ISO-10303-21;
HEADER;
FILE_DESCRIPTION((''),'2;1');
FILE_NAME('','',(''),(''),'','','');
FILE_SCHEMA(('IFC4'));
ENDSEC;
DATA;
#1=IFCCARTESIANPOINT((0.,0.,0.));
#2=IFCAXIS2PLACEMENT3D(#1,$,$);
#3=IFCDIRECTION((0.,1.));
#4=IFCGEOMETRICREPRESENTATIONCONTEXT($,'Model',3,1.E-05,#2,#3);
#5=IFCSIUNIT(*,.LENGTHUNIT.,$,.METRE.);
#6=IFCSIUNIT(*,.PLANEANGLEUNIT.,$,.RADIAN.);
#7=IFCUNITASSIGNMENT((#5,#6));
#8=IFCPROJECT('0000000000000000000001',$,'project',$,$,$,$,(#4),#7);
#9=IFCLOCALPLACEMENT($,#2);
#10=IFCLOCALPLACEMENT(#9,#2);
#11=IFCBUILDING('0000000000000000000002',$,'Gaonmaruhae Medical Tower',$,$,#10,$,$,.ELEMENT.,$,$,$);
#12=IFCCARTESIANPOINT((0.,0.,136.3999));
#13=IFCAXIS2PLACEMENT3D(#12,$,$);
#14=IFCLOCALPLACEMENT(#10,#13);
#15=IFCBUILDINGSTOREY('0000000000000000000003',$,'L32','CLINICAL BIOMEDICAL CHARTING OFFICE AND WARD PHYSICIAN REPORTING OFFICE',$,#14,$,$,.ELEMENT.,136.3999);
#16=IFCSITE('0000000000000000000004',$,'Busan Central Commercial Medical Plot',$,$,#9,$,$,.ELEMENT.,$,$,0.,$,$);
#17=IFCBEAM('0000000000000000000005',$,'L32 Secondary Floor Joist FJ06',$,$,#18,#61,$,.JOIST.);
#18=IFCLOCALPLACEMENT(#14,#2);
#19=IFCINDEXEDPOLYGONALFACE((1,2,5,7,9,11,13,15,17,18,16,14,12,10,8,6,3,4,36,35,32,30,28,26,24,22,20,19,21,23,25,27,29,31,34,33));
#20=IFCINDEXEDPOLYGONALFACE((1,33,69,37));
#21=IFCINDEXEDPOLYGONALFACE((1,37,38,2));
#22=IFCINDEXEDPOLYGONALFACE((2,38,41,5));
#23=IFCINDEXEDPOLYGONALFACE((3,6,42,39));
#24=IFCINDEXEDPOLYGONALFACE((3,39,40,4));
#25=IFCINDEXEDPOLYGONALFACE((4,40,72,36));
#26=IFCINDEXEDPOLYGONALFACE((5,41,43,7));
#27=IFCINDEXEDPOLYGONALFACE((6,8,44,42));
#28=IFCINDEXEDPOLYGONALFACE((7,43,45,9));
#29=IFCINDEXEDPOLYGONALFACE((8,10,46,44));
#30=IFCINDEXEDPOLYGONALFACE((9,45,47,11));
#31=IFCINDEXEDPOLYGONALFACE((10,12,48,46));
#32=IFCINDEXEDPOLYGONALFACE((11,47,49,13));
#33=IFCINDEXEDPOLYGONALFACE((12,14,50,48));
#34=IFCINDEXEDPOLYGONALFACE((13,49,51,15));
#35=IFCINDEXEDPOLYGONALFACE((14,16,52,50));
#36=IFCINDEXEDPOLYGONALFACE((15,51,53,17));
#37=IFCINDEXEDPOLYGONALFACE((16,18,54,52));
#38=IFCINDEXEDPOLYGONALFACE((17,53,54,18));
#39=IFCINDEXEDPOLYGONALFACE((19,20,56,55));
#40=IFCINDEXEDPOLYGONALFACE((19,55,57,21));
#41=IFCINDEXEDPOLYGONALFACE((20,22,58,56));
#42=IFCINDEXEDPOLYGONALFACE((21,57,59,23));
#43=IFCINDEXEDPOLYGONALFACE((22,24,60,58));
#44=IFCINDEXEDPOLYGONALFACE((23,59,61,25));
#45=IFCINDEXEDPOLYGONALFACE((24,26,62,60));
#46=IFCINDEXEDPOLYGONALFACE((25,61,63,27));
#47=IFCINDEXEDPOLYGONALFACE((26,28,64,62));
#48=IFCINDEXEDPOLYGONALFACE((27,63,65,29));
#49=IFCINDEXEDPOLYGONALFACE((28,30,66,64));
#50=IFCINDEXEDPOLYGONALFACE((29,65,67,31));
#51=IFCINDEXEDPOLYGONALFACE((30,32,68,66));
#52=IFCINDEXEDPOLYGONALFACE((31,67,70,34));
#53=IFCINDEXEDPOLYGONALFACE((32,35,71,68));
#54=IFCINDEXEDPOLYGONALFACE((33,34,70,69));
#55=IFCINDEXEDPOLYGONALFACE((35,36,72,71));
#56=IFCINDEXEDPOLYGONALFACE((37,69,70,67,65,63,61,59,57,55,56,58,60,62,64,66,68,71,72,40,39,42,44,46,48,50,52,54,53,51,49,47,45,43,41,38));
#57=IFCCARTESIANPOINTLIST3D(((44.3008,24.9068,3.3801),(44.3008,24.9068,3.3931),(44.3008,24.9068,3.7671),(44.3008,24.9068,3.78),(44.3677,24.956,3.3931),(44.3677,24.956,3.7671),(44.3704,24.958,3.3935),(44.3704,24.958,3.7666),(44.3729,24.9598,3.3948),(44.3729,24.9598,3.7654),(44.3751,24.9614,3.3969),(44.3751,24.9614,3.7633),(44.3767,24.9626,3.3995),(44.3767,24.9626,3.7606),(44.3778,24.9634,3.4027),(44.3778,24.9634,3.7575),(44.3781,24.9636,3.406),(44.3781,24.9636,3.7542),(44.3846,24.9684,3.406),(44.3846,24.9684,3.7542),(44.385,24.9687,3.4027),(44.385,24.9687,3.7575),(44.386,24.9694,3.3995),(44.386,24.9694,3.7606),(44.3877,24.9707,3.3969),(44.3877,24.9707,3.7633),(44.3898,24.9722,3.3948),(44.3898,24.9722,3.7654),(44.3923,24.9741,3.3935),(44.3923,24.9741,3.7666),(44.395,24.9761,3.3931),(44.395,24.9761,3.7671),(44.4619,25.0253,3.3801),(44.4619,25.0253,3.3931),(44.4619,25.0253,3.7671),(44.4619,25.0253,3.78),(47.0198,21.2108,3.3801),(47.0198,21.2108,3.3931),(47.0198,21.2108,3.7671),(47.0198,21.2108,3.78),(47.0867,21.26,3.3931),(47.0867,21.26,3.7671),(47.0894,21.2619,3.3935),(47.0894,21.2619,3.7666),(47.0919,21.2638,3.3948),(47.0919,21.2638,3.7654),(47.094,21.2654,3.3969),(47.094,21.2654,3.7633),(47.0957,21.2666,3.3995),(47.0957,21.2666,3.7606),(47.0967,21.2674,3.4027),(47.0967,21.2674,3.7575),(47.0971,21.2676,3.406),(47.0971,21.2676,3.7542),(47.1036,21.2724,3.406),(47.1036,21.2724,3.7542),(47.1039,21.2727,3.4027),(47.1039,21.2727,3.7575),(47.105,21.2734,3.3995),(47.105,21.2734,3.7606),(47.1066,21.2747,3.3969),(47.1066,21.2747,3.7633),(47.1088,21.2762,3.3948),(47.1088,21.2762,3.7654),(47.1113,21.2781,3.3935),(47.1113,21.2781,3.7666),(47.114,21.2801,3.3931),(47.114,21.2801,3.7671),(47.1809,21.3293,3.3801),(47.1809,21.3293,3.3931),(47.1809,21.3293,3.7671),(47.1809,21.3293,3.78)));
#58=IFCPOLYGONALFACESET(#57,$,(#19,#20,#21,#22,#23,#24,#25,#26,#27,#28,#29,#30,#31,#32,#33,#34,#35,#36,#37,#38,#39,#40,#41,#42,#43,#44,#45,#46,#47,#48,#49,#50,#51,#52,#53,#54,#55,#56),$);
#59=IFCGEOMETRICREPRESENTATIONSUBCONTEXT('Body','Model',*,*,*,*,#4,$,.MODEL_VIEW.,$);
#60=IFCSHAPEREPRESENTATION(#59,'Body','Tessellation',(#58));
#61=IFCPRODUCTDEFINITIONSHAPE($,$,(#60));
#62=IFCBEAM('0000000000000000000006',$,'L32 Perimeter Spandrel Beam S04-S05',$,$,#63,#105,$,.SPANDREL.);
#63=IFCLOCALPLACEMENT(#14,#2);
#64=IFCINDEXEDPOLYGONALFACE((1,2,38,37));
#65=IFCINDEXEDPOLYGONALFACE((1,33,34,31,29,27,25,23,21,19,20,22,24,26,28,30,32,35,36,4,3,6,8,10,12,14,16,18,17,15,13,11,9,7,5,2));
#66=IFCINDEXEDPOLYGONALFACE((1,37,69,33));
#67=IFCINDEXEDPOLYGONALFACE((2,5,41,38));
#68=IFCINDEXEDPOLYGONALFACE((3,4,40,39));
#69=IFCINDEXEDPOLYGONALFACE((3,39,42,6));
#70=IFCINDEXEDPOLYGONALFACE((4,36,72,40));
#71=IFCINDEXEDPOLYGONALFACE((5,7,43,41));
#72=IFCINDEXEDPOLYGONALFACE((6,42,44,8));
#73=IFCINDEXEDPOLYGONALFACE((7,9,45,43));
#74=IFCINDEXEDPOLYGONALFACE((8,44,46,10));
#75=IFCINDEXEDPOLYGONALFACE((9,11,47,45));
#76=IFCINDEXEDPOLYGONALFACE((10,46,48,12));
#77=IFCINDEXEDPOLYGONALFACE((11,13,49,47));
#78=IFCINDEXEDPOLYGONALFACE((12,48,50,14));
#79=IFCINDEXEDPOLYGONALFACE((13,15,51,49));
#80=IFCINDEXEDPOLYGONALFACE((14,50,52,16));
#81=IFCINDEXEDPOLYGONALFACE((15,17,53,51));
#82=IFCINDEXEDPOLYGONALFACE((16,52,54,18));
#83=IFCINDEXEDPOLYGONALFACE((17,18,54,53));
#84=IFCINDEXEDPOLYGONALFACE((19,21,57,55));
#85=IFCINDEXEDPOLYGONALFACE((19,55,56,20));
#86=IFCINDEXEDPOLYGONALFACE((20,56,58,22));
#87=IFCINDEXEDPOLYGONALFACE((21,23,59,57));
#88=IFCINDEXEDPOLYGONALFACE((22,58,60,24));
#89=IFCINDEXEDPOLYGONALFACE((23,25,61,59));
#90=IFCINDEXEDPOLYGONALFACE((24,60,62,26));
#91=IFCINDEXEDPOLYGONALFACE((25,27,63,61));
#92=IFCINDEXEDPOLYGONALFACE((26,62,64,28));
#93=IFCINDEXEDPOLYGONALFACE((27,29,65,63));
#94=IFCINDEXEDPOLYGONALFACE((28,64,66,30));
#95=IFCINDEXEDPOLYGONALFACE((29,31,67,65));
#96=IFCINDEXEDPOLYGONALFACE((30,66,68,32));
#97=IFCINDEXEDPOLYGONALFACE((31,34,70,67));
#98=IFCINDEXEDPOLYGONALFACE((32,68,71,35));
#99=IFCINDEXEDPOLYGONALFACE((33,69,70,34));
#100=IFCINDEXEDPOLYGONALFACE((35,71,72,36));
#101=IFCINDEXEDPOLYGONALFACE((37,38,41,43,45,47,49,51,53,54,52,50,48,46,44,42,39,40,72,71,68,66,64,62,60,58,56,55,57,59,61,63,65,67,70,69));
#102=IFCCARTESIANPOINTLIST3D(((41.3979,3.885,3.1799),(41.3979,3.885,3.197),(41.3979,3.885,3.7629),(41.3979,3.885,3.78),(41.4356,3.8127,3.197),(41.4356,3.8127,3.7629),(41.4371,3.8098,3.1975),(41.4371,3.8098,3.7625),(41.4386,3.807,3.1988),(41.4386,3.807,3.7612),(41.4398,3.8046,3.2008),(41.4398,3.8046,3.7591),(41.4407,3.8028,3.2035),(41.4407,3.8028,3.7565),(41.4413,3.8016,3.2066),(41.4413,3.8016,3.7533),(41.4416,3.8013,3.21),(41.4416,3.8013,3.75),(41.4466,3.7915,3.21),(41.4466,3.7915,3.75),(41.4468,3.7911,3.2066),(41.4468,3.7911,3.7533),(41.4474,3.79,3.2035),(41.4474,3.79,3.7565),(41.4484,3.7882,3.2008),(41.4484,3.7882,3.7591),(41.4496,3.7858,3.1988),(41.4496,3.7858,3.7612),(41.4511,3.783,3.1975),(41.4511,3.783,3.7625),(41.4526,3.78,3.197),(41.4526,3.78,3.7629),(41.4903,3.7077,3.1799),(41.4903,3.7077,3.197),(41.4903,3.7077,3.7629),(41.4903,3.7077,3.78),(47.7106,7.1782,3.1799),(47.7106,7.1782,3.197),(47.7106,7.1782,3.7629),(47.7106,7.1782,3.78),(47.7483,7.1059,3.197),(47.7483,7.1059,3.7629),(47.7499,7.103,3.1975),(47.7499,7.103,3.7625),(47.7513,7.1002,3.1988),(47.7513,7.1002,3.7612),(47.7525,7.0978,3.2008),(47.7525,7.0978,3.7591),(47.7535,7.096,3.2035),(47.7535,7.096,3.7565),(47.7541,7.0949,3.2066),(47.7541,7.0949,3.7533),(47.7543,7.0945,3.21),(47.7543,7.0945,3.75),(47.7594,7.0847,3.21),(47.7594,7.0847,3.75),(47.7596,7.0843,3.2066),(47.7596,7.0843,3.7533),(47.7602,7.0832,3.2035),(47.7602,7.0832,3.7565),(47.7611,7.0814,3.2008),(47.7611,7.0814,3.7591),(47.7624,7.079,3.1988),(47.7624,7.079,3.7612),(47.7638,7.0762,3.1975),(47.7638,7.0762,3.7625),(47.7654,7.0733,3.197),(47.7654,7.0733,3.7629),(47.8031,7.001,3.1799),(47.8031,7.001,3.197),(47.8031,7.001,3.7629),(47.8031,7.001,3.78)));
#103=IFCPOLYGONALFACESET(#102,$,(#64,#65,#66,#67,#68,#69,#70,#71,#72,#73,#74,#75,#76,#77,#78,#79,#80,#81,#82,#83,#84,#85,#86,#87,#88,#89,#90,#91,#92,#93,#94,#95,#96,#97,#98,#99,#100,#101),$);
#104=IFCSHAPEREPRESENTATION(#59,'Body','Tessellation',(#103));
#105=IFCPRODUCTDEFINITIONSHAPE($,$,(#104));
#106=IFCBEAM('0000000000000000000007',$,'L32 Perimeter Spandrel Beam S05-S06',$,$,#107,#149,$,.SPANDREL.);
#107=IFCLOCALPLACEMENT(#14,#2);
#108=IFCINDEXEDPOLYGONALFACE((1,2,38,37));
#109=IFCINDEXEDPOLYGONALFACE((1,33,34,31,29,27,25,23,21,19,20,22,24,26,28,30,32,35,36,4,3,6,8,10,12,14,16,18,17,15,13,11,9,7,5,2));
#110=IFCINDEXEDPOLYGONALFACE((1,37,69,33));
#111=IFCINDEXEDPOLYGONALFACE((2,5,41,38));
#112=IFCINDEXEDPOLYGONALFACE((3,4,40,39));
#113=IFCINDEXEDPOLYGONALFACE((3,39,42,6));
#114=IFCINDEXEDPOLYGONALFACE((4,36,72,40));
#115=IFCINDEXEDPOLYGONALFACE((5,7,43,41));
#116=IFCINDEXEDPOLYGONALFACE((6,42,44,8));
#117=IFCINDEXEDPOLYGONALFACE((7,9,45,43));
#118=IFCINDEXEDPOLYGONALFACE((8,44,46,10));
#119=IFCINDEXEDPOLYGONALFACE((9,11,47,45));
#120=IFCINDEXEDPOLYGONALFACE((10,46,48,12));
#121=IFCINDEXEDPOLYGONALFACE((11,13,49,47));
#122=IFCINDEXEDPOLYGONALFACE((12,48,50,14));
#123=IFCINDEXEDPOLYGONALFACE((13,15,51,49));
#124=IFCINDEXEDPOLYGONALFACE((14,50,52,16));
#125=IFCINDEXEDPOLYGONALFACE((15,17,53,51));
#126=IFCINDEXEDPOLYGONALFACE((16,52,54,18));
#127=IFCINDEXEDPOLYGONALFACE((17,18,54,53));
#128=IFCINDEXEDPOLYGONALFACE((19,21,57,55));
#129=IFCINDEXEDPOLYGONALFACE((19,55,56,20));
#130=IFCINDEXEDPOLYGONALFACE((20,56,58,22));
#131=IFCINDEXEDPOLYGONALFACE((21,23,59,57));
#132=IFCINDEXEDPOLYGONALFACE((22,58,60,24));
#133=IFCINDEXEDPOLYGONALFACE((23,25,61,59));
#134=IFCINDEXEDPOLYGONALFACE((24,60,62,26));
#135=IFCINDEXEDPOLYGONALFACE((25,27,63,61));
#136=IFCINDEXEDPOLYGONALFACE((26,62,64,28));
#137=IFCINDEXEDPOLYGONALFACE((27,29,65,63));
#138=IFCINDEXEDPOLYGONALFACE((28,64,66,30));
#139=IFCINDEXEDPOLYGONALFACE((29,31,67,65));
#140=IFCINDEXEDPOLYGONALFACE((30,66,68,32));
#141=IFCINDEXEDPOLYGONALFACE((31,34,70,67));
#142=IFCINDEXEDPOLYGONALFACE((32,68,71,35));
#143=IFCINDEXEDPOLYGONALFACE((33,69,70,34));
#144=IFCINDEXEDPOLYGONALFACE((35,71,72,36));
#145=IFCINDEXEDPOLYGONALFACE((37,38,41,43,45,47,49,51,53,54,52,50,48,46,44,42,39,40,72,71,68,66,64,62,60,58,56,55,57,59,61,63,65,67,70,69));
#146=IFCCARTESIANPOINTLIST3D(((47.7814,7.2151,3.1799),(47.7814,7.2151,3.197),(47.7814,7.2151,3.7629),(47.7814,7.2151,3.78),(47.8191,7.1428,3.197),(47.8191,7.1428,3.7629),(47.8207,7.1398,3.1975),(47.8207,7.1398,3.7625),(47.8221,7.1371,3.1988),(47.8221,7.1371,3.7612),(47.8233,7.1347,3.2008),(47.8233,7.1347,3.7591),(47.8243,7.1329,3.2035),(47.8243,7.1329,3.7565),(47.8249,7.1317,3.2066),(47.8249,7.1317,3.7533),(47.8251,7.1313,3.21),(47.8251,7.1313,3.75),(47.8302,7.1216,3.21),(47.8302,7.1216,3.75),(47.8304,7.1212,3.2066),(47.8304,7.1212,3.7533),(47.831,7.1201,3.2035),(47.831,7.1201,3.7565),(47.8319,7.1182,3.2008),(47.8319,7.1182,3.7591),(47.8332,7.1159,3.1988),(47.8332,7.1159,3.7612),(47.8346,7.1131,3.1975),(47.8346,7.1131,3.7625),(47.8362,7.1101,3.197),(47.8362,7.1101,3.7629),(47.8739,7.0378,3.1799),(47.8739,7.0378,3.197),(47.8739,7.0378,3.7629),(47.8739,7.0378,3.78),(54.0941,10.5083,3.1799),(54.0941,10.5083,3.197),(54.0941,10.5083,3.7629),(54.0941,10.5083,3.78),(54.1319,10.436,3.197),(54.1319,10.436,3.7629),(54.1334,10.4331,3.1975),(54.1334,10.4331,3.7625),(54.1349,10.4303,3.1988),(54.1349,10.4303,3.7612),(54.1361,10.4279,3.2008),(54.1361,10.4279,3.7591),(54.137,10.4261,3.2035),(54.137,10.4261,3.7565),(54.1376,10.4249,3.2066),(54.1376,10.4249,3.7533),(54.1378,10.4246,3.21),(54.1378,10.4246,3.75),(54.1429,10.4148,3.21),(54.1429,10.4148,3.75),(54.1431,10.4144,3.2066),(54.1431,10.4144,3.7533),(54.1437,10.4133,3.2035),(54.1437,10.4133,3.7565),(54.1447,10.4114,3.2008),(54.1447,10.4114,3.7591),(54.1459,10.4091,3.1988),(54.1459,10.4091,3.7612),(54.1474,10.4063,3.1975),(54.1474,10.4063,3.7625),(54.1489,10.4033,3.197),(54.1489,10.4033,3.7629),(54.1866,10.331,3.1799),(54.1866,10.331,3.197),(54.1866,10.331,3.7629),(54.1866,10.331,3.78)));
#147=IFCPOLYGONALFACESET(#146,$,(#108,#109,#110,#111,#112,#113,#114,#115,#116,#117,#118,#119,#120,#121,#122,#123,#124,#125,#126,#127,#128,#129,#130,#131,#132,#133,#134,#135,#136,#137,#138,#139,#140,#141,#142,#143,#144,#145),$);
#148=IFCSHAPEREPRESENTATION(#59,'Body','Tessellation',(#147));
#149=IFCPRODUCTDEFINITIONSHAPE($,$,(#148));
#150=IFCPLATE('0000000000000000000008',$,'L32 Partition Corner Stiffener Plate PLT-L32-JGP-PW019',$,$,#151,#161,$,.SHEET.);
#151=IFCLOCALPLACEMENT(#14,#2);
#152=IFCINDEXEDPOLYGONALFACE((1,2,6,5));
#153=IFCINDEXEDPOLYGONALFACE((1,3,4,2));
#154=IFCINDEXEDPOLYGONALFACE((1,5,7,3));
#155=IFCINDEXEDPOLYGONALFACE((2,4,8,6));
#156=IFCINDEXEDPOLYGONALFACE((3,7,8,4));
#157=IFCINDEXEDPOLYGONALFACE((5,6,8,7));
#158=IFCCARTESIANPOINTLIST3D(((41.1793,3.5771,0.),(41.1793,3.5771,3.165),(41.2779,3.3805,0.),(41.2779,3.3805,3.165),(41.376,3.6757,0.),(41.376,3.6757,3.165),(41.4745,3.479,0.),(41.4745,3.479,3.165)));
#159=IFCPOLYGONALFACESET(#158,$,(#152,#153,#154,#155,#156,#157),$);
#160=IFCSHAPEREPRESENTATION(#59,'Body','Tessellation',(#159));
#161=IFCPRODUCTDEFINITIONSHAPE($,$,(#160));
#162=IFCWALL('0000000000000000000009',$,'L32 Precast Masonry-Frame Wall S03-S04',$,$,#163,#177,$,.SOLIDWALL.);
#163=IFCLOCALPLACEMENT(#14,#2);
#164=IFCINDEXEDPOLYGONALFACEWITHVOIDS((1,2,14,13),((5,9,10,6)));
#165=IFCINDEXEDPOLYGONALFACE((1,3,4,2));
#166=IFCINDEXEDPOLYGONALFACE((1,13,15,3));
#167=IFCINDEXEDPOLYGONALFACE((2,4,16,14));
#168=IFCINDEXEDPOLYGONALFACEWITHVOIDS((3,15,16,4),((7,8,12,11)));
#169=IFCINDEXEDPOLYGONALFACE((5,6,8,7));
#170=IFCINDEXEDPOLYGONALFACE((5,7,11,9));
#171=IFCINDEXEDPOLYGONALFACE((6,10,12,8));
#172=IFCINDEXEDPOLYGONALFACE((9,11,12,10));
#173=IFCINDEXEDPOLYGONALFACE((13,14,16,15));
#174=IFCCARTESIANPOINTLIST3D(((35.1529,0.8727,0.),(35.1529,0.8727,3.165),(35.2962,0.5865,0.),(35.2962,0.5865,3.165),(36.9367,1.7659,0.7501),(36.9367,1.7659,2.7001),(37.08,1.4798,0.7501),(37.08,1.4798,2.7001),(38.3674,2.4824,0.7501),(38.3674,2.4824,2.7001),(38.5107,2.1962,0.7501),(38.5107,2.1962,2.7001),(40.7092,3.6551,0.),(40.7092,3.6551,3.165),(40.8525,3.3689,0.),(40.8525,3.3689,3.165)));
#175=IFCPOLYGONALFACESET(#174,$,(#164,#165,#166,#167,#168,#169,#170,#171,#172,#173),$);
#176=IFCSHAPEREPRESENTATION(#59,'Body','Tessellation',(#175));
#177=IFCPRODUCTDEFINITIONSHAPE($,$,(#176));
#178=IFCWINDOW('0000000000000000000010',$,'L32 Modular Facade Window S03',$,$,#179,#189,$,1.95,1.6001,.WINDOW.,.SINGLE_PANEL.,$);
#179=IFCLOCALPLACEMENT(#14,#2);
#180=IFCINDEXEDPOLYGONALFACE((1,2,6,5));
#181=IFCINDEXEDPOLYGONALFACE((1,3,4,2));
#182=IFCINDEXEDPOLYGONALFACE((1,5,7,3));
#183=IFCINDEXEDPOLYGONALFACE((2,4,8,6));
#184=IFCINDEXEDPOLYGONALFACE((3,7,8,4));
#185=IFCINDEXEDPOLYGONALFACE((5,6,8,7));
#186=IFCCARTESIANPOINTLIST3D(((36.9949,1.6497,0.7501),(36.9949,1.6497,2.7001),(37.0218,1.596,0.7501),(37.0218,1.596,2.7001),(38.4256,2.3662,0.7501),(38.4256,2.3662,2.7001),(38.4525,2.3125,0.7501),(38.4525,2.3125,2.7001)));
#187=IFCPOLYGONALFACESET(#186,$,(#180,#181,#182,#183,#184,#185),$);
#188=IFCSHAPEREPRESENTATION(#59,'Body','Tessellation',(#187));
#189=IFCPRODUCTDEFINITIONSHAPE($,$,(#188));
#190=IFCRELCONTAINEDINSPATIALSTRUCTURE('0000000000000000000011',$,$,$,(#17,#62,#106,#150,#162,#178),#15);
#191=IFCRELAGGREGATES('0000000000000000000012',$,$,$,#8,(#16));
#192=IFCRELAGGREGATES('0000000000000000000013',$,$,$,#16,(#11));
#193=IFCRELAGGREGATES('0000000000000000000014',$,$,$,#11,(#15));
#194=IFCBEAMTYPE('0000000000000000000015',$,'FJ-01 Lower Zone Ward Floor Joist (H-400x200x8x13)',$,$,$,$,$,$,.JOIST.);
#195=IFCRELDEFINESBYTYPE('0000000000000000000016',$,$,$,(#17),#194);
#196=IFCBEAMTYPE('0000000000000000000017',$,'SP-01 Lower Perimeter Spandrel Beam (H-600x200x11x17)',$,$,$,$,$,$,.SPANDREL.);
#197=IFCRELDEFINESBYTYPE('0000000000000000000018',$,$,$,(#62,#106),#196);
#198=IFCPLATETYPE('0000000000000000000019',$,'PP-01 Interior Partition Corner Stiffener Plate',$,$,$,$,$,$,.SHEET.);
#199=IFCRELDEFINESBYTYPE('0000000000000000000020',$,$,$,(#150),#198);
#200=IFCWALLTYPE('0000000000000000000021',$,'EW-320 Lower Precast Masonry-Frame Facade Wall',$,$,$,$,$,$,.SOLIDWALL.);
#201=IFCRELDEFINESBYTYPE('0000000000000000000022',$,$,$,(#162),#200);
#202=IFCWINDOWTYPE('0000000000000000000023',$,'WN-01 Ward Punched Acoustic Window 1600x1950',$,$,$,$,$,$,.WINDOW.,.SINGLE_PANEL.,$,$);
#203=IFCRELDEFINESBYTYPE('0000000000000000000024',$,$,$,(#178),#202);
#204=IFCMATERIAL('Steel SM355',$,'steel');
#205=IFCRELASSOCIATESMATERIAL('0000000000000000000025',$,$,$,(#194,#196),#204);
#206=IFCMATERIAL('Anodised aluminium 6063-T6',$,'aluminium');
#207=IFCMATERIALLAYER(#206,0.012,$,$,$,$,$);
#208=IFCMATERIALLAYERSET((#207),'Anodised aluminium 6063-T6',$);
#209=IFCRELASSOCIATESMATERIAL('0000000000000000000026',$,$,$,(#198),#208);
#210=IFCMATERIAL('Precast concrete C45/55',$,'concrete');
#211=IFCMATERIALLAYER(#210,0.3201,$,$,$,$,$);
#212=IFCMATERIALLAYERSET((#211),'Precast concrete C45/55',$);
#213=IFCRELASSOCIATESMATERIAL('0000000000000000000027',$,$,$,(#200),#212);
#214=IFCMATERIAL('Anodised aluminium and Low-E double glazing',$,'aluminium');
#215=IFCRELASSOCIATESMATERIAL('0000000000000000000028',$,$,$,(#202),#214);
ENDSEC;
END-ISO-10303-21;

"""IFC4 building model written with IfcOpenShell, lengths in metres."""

from ifc_helpers import new_model, si_unit, direction, frame, frame_2d, origin, origin_2d, place, context, subcontext, project, spatial, rectangle, i_section, extrude, material, layer, layer_set, material_profile, profile_set, type_object, element, fill, save


model = new_model("IFC4")

# Units and contexts
model_context = context("Model", 3, precision=1e-05, world=origin(), true_north=direction((0.0, 1.0)))
body_context = subcontext(model_context, "Body", "Model", "MODEL_VIEW")
ifc_project = project(units=[si_unit("LENGTHUNIT", "METRE"), si_unit("PLANEANGLEUNIT", "RADIAN")], contexts=[model_context])

# Site, building, storey
site_placement = place(None, origin())
site = spatial("IfcSite", under=ifc_project, at=site_placement, Name="Busan Central Commercial Medical Plot", CompositionType="ELEMENT", RefElevation=0.0)
building_placement = place(site_placement, origin())
building = spatial("IfcBuilding", under=site, at=building_placement, Name="Gaonmaruhae Medical Tower", CompositionType="ELEMENT")
storey_placement = place(building_placement, frame((0.0, 0.0, 136.3999)))
storey = spatial("IfcBuildingStorey", under=building, at=storey_placement, Name="L32", Description="CLINICAL BIOMEDICAL CHARTING OFFICE AND WARD PHYSICIAN REPORTING OFFICE", CompositionType="ELEMENT", Elevation=136.3999)

# Beams
ifc_material_1 = material(Name="Steel SM355", Category="steel")
ifc_material_profile_1 = material_profile(ifc_material_1, i_section(OverallWidth=0.2, OverallDepth=0.3999, WebThickness=0.0081, FlangeThickness=0.0129, FilletRadius=0.0129, at=origin_2d()), Name="H-400x200x8x13")
ifc_profile_set_1 = profile_set([ifc_material_profile_1], Name="Steel SM355")
beam_type_1 = type_object("IfcBeamType", Name="FJ-01 Lower Zone Ward Floor Joist (H-400x200x8x13)", PredefinedType="JOIST", material=ifc_profile_set_1)
beam_1_placement = place(storey_placement, frame((47.1003, 21.27, 3.5801), z_axis=(-0.592576, 0.805514, 0.0), x_axis=(-0.805514, -0.592576, 0.0)))
element("IfcBeam", 1, at=beam_1_placement, inside=storey, type_object=beam_type_1, Name="L32 Secondary Floor Joist FJ06", PredefinedType="JOIST", context=body_context, shape_type="SweptSolid", body=[
    extrude(i_section(OverallWidth=0.2, OverallDepth=0.3999, WebThickness=0.0081, FlangeThickness=0.0129, FilletRadius=0.0129, at=origin_2d()), origin(), (0.0, 0.0, 1.0), 4.5884),
])
ifc_material_profile_2 = material_profile(ifc_material_1, i_section(OverallWidth=0.2, OverallDepth=0.6001, WebThickness=0.011, FlangeThickness=0.0171, FilletRadius=0.0129, at=origin_2d()), Name="H-600x200x11x17")
ifc_profile_set_2 = profile_set([ifc_material_profile_2], Name="Steel SM355")
beam_type_2 = type_object("IfcBeamType", Name="SP-01 Lower Perimeter Spandrel Beam (H-600x200x11x17)", PredefinedType="SPANDREL", material=ifc_profile_set_2)
for number, where, z_axis, x_axis, name in (
    (2, (41.4441, 3.7964, 3.48), (0.886607, 0.462523, 0.0), (-0.462523, 0.886607, 0.0), "L32 Perimeter Spandrel Beam S04-S05"),
    (3, (47.8276, 7.1265, 3.48), (0.886607, 0.462523, 0.0), (-0.462523, 0.886607, 0.0), "L32 Perimeter Spandrel Beam S05-S06"),
):
    element("IfcBeam", number, at=place(storey_placement, frame(where, z_axis=z_axis, x_axis=x_axis)), inside=storey, type_object=beam_type_2, Name=name, PredefinedType="SPANDREL", context=body_context, shape_type="SweptSolid", body=[
        extrude(i_section(OverallWidth=0.2, OverallDepth=0.6001, WebThickness=0.011, FlangeThickness=0.0171, FilletRadius=0.0129, at=origin_2d()), origin(), (0.0, 0.0, 1.0), 7.1201),
    ])

# Plate
ifc_material_2 = material(Name="Anodised aluminium 6063-T6", Category="aluminium")
ifc_layer_1 = layer(ifc_material_2, 0.012)
ifc_layer_set_1 = layer_set([ifc_layer_1], Name="Anodised aluminium 6063-T6")
plate_type = type_object("IfcPlateType", Name="PP-01 Interior Partition Corner Stiffener Plate", PredefinedType="SHEET", material=ifc_layer_set_1)
plate_placement = place(storey_placement, frame((41.3269, 3.5281, 0.0), z_axis=(0.0, 0.0, 1.0), x_axis=(-0.894021, -0.448024, 0.0)))
element("IfcPlate", 4, at=plate_placement, inside=storey, type_object=plate_type, Name="L32 Partition Corner Stiffener Plate PLT-L32-JGP-PW019", PredefinedType="SHEET", context=body_context, shape_type="SweptSolid", body=[
    extrude(rectangle(XDim=0.22, YDim=0.22, at=origin_2d()), origin(), (0.0, 0.0, 1.0), 3.165),
])

# Wall, opening, window
ifc_material_3 = material(Name="Precast concrete C45/55", Category="concrete")
ifc_layer_2 = layer(ifc_material_3, 0.3201)
ifc_layer_set_2 = layer_set([ifc_layer_2], Name="Precast concrete C45/55")
wall_type_1 = type_object("IfcWallType", Name="EW-320 Lower Precast Masonry-Frame Facade Wall", PredefinedType="SOLIDWALL", material=ifc_layer_set_2)
wall_1_placement = place(storey_placement, frame((40.7808, 3.512, 0.0), z_axis=(0.0, 0.0, 1.0), x_axis=(-0.894152, -0.447764, 0.0)))
wall_1 = element("IfcWall", 5, at=wall_1_placement, inside=storey, type_object=wall_type_1, Name="L32 Precast Masonry-Frame Wall S03-S04", PredefinedType="SOLIDWALL", context=body_context, shape_type="SweptSolid", body=[
    extrude(rectangle(XDim=6.2141, YDim=0.3201, at=frame_2d((3.1069, 0.0))), origin(), (0.0, 0.0, 1.0), 3.165),
])
opening_1_placement = place(wall_1_placement, frame((2.6189, 0.0, 0.75)))
opening_1 = element("IfcOpeningElement", 6, at=opening_1_placement, cuts=wall_1, PredefinedType="OPENING", context=body_context, shape_type="SweptSolid", body=[
    extrude(rectangle(XDim=1.6001, YDim=1.95, at=frame_2d((0.8, 0.9751))), frame((0.0, 0.1699, 0.0), z_axis=(0.0, -1.0, 0.0), x_axis=(1.0, 0.0, 0.0)), (0.0, 0.0, 1.0), 0.3401),
])
ifc_material_4 = material(Name="Anodised aluminium and Low-E double glazing", Category="aluminium")
window_type_1 = type_object("IfcWindowType", Name="WN-01 Ward Punched Acoustic Window 1600x1950", PartitioningType="SINGLE_PANEL", PredefinedType="WINDOW", material=ifc_material_4)
window_1_placement = place(opening_1_placement, origin())
window_1 = element("IfcWindow", 7, at=window_1_placement, inside=storey, type_object=window_type_1, Name="L32 Modular Facade Window S03", OverallHeight=1.95, OverallWidth=1.6001, PartitioningType="SINGLE_PANEL", PredefinedType="WINDOW", context=body_context, shape_type="SweptSolid", body=[
    extrude(rectangle(XDim=1.6001, YDim=1.95, at=frame_2d((0.8, 0.9751))), frame((0.0, 0.03, 0.0), z_axis=(0.0, -1.0, 0.0), x_axis=(1.0, 0.0, 0.0)), (0.0, 0.0, 1.0), 0.0601),
])
fill(opening_1, window_1)

save(model, "model.ifc")
